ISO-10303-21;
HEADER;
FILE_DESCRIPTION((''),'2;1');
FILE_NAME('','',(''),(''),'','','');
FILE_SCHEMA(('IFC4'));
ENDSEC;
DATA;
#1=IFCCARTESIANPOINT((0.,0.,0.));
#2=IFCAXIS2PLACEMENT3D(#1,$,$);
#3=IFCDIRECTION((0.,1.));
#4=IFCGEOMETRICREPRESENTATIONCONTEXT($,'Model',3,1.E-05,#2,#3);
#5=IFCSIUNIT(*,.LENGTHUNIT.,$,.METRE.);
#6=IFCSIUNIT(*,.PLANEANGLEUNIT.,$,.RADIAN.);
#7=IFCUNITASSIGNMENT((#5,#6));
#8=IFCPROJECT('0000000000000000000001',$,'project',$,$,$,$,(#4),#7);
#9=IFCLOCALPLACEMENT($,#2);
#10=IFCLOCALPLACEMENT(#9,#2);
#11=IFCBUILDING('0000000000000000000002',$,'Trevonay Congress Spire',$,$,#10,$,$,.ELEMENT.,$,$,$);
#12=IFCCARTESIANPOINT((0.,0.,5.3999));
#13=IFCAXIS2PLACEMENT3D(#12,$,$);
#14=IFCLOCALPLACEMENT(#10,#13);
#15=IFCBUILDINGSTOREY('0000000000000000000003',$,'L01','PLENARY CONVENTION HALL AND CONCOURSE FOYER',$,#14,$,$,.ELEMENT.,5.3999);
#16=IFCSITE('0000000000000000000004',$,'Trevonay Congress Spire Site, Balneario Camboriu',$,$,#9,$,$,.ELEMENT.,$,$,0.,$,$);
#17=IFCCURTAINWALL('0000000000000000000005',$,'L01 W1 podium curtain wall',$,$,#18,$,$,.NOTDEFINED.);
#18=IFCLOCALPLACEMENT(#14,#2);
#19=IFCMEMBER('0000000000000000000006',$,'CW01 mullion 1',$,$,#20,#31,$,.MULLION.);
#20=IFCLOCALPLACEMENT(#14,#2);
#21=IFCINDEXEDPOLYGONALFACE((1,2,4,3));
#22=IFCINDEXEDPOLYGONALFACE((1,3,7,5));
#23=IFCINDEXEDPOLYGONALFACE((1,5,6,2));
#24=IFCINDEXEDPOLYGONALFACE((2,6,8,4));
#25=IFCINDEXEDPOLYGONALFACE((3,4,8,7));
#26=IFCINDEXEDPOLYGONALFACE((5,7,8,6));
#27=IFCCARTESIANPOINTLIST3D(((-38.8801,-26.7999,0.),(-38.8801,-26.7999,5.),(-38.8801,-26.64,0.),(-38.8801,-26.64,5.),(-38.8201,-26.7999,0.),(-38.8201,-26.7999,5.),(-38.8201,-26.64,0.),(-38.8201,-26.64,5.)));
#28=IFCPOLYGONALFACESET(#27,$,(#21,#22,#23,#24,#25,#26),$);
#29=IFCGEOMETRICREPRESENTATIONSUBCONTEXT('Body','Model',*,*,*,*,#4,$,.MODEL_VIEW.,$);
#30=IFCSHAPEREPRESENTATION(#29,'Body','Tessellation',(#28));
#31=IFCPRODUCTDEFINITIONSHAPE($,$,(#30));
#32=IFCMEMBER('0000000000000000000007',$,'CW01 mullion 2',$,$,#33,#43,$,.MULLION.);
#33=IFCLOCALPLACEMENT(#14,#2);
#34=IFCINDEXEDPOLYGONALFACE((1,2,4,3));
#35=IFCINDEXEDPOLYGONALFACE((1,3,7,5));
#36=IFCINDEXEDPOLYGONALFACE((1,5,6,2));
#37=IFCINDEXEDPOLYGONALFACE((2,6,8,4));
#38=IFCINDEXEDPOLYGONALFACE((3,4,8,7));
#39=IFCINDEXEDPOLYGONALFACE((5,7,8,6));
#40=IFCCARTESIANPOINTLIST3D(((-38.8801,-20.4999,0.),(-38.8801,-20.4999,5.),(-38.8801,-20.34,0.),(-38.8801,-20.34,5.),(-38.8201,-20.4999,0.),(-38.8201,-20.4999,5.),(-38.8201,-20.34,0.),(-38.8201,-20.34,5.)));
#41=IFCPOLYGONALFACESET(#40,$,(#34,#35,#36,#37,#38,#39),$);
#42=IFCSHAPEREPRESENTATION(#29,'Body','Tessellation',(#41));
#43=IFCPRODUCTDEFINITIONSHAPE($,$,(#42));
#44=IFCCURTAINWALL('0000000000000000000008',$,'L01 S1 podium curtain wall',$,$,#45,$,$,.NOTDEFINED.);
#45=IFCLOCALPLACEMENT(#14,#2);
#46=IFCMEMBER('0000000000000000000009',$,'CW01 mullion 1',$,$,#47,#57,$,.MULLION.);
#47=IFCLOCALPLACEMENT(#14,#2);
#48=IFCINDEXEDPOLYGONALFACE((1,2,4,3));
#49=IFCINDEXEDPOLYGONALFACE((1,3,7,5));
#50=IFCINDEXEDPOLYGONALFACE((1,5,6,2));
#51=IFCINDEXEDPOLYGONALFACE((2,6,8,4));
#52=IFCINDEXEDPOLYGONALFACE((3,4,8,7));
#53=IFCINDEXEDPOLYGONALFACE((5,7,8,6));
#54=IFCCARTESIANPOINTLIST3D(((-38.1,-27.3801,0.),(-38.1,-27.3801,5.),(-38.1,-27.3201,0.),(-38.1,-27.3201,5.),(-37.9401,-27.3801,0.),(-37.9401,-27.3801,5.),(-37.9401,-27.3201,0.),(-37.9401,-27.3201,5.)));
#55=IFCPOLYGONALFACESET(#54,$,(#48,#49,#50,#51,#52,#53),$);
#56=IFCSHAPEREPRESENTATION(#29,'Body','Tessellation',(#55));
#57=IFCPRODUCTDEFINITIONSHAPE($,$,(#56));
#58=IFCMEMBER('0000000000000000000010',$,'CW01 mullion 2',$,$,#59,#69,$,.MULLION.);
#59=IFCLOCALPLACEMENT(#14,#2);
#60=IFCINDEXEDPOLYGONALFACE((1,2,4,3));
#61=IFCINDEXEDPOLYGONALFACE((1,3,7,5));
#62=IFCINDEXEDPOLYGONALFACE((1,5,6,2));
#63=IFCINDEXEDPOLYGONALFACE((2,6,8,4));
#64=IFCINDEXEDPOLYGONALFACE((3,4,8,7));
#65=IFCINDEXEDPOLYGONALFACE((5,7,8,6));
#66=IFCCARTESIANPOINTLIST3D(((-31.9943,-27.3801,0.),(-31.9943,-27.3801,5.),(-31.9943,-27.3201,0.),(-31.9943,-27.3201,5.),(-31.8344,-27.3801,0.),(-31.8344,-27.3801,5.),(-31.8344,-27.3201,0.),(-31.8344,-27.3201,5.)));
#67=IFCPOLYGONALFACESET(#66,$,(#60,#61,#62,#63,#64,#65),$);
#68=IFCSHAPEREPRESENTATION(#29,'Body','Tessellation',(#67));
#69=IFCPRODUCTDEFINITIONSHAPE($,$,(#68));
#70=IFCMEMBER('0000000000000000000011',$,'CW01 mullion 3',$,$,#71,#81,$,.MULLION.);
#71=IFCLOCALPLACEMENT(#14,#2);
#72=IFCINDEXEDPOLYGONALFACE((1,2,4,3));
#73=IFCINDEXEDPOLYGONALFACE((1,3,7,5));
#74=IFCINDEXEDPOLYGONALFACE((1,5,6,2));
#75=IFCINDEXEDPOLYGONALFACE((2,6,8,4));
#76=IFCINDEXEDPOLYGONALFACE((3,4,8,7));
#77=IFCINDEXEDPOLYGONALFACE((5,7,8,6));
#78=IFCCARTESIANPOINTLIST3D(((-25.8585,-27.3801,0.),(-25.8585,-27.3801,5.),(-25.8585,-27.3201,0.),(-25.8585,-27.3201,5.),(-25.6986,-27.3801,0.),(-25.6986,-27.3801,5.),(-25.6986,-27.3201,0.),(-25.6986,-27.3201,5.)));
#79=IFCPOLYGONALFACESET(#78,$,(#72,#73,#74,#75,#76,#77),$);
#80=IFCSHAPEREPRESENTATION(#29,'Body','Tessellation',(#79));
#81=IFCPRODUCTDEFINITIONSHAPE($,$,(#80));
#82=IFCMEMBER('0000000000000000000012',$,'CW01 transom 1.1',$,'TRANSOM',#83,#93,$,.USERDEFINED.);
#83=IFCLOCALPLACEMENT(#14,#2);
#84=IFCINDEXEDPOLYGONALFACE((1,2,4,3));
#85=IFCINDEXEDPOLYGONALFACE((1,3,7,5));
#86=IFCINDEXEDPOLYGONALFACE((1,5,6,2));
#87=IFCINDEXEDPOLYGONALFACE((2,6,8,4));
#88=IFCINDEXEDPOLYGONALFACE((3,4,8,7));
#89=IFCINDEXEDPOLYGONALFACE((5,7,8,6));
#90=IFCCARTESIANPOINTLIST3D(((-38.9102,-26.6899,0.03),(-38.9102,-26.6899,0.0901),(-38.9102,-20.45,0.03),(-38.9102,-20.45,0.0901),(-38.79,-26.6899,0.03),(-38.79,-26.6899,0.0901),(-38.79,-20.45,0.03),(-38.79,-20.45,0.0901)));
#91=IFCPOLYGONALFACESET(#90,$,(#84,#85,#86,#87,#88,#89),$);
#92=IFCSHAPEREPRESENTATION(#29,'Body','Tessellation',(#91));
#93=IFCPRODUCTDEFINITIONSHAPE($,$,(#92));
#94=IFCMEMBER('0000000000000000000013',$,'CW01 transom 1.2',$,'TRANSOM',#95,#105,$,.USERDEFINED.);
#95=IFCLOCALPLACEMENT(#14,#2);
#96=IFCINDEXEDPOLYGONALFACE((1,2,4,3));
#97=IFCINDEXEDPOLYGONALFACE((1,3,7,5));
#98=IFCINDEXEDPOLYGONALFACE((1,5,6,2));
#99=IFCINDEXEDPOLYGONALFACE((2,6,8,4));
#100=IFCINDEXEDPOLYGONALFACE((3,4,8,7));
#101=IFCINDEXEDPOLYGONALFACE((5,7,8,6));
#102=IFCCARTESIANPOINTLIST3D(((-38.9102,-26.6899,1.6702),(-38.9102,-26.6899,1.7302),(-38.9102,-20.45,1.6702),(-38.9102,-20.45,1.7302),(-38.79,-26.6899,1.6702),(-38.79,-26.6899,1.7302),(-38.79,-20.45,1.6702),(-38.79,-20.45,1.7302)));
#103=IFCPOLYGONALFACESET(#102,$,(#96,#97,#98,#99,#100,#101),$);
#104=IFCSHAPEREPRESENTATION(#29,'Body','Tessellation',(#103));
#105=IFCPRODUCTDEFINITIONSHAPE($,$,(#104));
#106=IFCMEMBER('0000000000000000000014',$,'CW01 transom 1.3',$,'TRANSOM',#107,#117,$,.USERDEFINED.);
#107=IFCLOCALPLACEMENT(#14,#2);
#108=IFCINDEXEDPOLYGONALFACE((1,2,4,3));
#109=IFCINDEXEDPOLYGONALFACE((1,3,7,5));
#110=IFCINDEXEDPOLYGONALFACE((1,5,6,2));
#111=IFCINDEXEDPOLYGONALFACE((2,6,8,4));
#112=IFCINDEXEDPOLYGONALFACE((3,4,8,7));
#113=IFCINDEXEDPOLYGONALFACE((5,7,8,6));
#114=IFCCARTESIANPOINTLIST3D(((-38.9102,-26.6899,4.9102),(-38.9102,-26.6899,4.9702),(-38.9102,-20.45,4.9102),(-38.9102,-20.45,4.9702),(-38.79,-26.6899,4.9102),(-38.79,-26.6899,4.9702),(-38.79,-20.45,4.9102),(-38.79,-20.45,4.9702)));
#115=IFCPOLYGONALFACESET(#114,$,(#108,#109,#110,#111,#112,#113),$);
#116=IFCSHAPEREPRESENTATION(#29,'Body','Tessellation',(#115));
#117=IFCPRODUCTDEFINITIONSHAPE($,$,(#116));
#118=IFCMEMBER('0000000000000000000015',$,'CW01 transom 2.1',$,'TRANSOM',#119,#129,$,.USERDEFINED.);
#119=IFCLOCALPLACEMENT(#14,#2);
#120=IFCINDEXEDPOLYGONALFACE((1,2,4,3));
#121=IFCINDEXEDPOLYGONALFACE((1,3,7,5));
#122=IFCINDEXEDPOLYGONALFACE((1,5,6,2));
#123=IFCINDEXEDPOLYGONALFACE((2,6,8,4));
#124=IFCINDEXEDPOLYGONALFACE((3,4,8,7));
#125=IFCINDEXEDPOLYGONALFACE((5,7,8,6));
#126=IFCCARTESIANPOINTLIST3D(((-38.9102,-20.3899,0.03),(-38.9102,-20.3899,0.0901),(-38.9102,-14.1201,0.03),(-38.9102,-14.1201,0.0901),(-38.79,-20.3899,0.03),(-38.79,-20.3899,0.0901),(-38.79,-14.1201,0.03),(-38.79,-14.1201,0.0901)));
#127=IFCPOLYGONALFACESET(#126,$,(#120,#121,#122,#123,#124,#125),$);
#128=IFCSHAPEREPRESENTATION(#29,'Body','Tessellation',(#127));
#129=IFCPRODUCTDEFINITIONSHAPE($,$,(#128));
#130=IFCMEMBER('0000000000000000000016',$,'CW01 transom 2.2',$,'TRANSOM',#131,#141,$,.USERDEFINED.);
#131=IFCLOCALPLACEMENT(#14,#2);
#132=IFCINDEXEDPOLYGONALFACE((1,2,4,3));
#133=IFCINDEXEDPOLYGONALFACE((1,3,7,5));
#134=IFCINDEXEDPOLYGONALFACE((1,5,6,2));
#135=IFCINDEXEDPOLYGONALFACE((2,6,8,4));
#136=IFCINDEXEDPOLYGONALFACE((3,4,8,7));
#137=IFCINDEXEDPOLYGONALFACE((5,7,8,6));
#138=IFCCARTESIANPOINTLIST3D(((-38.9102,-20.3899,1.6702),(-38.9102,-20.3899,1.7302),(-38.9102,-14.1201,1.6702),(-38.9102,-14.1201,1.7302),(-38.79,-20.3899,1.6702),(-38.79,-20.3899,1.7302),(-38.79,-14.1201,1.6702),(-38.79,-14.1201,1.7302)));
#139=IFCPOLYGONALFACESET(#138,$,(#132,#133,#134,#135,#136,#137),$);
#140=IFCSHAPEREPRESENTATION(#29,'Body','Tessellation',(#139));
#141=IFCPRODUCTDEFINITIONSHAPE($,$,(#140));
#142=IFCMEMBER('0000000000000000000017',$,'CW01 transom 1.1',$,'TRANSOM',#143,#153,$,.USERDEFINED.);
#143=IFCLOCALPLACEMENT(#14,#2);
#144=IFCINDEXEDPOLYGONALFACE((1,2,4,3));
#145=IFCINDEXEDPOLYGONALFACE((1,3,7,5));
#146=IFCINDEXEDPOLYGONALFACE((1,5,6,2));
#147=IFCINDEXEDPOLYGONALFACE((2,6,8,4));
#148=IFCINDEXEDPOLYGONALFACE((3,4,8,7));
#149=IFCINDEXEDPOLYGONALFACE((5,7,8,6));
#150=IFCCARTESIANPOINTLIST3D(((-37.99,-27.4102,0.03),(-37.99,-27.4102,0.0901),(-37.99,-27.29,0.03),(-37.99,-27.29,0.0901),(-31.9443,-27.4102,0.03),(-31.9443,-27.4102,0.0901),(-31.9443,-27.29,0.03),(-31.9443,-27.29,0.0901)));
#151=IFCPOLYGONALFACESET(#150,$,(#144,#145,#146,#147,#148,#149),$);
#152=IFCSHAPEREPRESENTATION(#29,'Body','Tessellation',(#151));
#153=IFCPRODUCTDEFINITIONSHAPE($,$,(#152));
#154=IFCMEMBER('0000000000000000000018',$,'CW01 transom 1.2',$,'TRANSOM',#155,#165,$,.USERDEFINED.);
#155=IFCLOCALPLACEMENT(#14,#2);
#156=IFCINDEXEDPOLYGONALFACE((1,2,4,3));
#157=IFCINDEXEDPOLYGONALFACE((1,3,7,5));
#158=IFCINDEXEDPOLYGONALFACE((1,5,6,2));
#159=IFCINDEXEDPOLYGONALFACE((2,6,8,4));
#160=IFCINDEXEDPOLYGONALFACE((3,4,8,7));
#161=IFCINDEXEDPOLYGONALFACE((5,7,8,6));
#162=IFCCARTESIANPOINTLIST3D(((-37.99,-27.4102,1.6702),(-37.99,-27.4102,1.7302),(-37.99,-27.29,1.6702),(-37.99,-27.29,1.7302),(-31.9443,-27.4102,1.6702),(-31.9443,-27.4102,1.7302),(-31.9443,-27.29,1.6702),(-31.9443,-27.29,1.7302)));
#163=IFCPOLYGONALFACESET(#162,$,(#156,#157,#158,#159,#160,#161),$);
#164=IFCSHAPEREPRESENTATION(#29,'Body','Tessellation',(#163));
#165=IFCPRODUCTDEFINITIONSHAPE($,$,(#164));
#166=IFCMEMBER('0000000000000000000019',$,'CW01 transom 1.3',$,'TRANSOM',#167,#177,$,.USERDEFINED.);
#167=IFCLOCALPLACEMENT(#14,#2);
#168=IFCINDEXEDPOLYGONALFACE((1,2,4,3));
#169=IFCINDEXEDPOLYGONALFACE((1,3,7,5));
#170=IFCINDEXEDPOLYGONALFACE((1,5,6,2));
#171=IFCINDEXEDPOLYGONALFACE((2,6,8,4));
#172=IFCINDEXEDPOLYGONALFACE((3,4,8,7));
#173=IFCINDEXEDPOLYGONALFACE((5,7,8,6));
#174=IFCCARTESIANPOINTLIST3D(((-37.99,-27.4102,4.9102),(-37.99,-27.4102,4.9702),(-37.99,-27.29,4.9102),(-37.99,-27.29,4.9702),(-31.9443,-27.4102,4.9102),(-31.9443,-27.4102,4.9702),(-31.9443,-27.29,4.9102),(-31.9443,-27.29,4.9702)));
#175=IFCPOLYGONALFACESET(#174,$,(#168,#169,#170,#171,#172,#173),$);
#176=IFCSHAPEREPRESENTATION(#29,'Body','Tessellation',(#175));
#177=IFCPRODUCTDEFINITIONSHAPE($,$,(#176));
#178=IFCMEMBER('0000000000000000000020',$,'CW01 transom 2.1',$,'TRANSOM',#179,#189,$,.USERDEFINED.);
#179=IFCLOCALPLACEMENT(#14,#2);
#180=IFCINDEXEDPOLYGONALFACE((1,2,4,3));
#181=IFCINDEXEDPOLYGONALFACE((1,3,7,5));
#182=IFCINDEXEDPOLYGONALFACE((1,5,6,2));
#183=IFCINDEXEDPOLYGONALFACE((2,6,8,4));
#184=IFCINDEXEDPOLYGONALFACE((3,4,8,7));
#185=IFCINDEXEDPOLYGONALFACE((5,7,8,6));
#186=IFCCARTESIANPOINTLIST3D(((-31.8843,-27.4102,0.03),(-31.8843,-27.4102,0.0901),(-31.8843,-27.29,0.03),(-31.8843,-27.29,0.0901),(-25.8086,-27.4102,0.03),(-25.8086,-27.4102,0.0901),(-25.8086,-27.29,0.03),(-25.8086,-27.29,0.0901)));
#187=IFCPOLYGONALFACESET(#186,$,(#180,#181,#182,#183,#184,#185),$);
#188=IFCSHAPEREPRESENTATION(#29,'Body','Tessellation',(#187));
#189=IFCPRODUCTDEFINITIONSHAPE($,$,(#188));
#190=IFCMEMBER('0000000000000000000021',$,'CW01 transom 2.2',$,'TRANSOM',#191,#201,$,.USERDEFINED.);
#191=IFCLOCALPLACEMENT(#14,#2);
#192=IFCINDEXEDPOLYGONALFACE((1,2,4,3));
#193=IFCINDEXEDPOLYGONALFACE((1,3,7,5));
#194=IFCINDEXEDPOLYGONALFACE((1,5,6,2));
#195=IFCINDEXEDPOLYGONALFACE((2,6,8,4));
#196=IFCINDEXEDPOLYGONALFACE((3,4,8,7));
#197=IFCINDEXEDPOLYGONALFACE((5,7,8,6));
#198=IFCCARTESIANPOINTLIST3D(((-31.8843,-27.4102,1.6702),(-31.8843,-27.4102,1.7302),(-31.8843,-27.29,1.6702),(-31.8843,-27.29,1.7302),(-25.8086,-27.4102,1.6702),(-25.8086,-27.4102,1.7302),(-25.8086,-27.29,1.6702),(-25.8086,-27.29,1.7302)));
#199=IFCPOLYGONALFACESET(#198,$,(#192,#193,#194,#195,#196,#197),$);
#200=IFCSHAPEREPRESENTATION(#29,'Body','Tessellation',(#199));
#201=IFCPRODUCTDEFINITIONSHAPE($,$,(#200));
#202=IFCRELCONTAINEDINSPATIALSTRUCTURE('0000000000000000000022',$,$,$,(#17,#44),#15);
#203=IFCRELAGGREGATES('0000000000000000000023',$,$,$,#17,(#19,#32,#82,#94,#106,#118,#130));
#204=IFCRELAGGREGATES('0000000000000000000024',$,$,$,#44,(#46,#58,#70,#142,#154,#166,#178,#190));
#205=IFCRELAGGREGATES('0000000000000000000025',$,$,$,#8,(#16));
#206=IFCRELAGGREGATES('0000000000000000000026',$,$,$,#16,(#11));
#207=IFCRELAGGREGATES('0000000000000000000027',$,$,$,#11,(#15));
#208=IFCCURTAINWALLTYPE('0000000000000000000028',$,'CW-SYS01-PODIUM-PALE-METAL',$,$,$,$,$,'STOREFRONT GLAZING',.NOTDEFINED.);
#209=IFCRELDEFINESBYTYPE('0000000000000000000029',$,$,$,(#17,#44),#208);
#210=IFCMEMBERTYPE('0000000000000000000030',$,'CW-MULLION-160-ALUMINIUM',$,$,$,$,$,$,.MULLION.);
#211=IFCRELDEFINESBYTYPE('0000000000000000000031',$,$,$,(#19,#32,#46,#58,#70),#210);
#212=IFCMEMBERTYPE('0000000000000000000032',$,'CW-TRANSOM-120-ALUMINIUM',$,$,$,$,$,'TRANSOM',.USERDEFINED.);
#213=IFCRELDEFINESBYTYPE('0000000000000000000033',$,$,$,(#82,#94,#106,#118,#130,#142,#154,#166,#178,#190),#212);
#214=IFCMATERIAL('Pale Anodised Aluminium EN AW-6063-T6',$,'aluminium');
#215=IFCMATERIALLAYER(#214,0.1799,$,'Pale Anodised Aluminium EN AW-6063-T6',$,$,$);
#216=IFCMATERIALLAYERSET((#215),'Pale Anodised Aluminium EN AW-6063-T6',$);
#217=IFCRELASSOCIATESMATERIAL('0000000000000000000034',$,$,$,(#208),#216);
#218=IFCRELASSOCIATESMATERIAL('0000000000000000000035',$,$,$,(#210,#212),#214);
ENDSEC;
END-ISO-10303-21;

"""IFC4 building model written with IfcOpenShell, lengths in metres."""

from ifc_helpers import new_model, si_unit, direction, frame, origin, origin_2d, place, context, subcontext, project, spatial, rectangle, extrude, material, layer, layer_set, material_profile, profile_set, type_object, element, aggregate, save


model = new_model("IFC4")

# Units and contexts
model_context = context("Model", 3, precision=1e-05, world=origin(), true_north=direction((0.0, 1.0)))
body_context = subcontext(model_context, "Body", "Model", "MODEL_VIEW")
ifc_project = project(units=[si_unit("LENGTHUNIT", "METRE"), si_unit("PLANEANGLEUNIT", "RADIAN")], contexts=[model_context])

# Site, building, storey
site_placement = place(None, origin())
site = spatial("IfcSite", under=ifc_project, at=site_placement, Name="Trevonay Congress Spire Site, Balneario Camboriu", CompositionType="ELEMENT", RefElevation=0.0)
building_placement = place(site_placement, origin())
building = spatial("IfcBuilding", under=site, at=building_placement, Name="Trevonay Congress Spire", CompositionType="ELEMENT")
storey_placement = place(building_placement, frame((0.0, 0.0, 5.3999)))
storey = spatial("IfcBuildingStorey", under=building, at=storey_placement, Name="L01", Description="PLENARY CONVENTION HALL AND CONCOURSE FOYER", CompositionType="ELEMENT", Elevation=5.3999)

# Curtain walls, members
ifc_material_1 = material(Name="Pale Anodised Aluminium EN AW-6063-T6", Category="aluminium")
ifc_layer_1 = layer(ifc_material_1, 0.1799, Name="Pale Anodised Aluminium EN AW-6063-T6")
ifc_layer_set_1 = layer_set([ifc_layer_1], Name="Pale Anodised Aluminium EN AW-6063-T6")
curtain_wall_type = type_object("IfcCurtainWallType", Name="CW-SYS01-PODIUM-PALE-METAL", ElementType="STOREFRONT GLAZING", PredefinedType="NOTDEFINED", material=ifc_layer_set_1)
curtain_wall_1_placement = place(storey_placement, origin())
curtain_wall_1 = element("IfcCurtainWall", 1, at=curtain_wall_1_placement, inside=storey, type_object=curtain_wall_type, Name="L01 W1 podium curtain wall", PredefinedType="NOTDEFINED")
ifc_material_profile_1 = material_profile(ifc_material_1, rectangle(XDim=0.0601, YDim=0.1599, at=origin_2d()), Name="CW-MULLION-160-ALUMINIUM")
ifc_profile_set_1 = profile_set([ifc_material_profile_1], Name="Pale Anodised Aluminium EN AW-6063-T6")
member_type_1 = type_object("IfcMemberType", Name="CW-MULLION-160-ALUMINIUM", PredefinedType="MULLION", material=ifc_profile_set_1)
member_1_placement = place(storey_placement, frame((-38.8501, -26.72, 0.0), z_axis=(0.0, 0.0, 1.0), x_axis=(-1.0, 0.0, 0.0)))
member_1 = element("IfcMember", 2, at=member_1_placement, type_object=member_type_1, Name="CW01 mullion 1", PredefinedType="MULLION", context=body_context, shape_type="SweptSolid", body=[
    extrude(rectangle(XDim=0.0601, YDim=0.1599, at=origin_2d()), origin(), (0.0, 0.0, 1.0), 5.0),
])
member_2_placement = place(storey_placement, frame((-38.8501, -20.4199, 0.0), z_axis=(0.0, 0.0, 1.0), x_axis=(-1.0, 0.0, 0.0)))
member_2 = element("IfcMember", 3, at=member_2_placement, type_object=member_type_1, Name="CW01 mullion 2", PredefinedType="MULLION", context=body_context, shape_type="SweptSolid", body=[
    extrude(rectangle(XDim=0.0601, YDim=0.1599, at=origin_2d()), origin(), (0.0, 0.0, 1.0), 5.0),
])
curtain_wall_2_placement = place(storey_placement, origin())
curtain_wall_2 = element("IfcCurtainWall", 4, at=curtain_wall_2_placement, inside=storey, type_object=curtain_wall_type, Name="L01 S1 podium curtain wall", PredefinedType="NOTDEFINED")
member_3_placement = place(storey_placement, frame((-38.02, -27.3501, 0.0), z_axis=(0.0, 0.0, 1.0), x_axis=(0.0, 1.0, 0.0)))
member_3 = element("IfcMember", 5, at=member_3_placement, type_object=member_type_1, Name="CW01 mullion 1", PredefinedType="MULLION", context=body_context, shape_type="SweptSolid", body=[
    extrude(rectangle(XDim=0.0601, YDim=0.1599, at=origin_2d()), origin(), (0.0, 0.0, 1.0), 5.0),
])
member_4_placement = place(storey_placement, frame((-31.9143, -27.3501, 0.0), z_axis=(0.0, 0.0, 1.0), x_axis=(0.0, 1.0, 0.0)))
member_4 = element("IfcMember", 6, at=member_4_placement, type_object=member_type_1, Name="CW01 mullion 2", PredefinedType="MULLION", context=body_context, shape_type="SweptSolid", body=[
    extrude(rectangle(XDim=0.0601, YDim=0.1599, at=origin_2d()), origin(), (0.0, 0.0, 1.0), 5.0),
])
member_5_placement = place(storey_placement, frame((-25.7786, -27.3501, 0.0), z_axis=(0.0, 0.0, 1.0), x_axis=(0.0, 1.0, 0.0)))
member_5 = element("IfcMember", 7, at=member_5_placement, type_object=member_type_1, Name="CW01 mullion 3", PredefinedType="MULLION", context=body_context, shape_type="SweptSolid", body=[
    extrude(rectangle(XDim=0.0601, YDim=0.1599, at=origin_2d()), origin(), (0.0, 0.0, 1.0), 5.0),
])

# Members
ifc_material_profile_2 = material_profile(ifc_material_1, rectangle(XDim=0.1201, YDim=0.0601, at=origin_2d()), Name="CW-TRANSOM-120-ALUMINIUM")
ifc_profile_set_2 = profile_set([ifc_material_profile_2], Name="Pale Anodised Aluminium EN AW-6063-T6")
member_type_2 = type_object("IfcMemberType", Name="CW-TRANSOM-120-ALUMINIUM", ElementType="TRANSOM", PredefinedType="USERDEFINED", material=ifc_profile_set_2)
member_6_placement = place(storey_placement, frame((-38.8501, -26.6899, 0.0601), z_axis=(0.0, 1.0, 0.0), x_axis=(-1.0, 0.0, 0.0)))
member_6 = element("IfcMember", 8, at=member_6_placement, type_object=member_type_2, Name="CW01 transom 1.1", ObjectType="TRANSOM", PredefinedType="USERDEFINED", context=body_context, shape_type="SweptSolid", body=[
    extrude(rectangle(XDim=0.1201, YDim=0.0601, at=origin_2d()), origin(), (0.0, 0.0, 1.0), 6.24),
])
member_7_placement = place(storey_placement, frame((-38.8501, -26.6899, 1.7002), z_axis=(0.0, 1.0, 0.0), x_axis=(-1.0, 0.0, 0.0)))
member_7 = element("IfcMember", 9, at=member_7_placement, type_object=member_type_2, Name="CW01 transom 1.2", ObjectType="TRANSOM", PredefinedType="USERDEFINED", context=body_context, shape_type="SweptSolid", body=[
    extrude(rectangle(XDim=0.1201, YDim=0.0601, at=origin_2d()), origin(), (0.0, 0.0, 1.0), 6.24),
])
member_8_placement = place(storey_placement, frame((-38.8501, -26.6899, 4.9402), z_axis=(0.0, 1.0, 0.0), x_axis=(-1.0, 0.0, 0.0)))
member_8 = element("IfcMember", 10, at=member_8_placement, type_object=member_type_2, Name="CW01 transom 1.3", ObjectType="TRANSOM", PredefinedType="USERDEFINED", context=body_context, shape_type="SweptSolid", body=[
    extrude(rectangle(XDim=0.1201, YDim=0.0601, at=origin_2d()), origin(), (0.0, 0.0, 1.0), 6.24),
])
member_9_placement = place(storey_placement, frame((-38.8501, -20.3899, 0.0601), z_axis=(0.0, 1.0, 0.0), x_axis=(-1.0, 0.0, 0.0)))
member_9 = element("IfcMember", 11, at=member_9_placement, type_object=member_type_2, Name="CW01 transom 2.1", ObjectType="TRANSOM", PredefinedType="USERDEFINED", context=body_context, shape_type="SweptSolid", body=[
    extrude(rectangle(XDim=0.1201, YDim=0.0601, at=origin_2d()), origin(), (0.0, 0.0, 1.0), 6.2698),
])
member_10_placement = place(storey_placement, frame((-38.8501, -20.3899, 1.7002), z_axis=(0.0, 1.0, 0.0), x_axis=(-1.0, 0.0, 0.0)))
member_10 = element("IfcMember", 12, at=member_10_placement, type_object=member_type_2, Name="CW01 transom 2.2", ObjectType="TRANSOM", PredefinedType="USERDEFINED", context=body_context, shape_type="SweptSolid", body=[
    extrude(rectangle(XDim=0.1201, YDim=0.0601, at=origin_2d()), origin(), (0.0, 0.0, 1.0), 6.2698),
])
member_11_placement = place(storey_placement, frame((-37.99, -27.3501, 0.0601), z_axis=(1.0, 0.0, 0.0), x_axis=(0.0, 1.0, 0.0)))
member_11 = element("IfcMember", 13, at=member_11_placement, type_object=member_type_2, Name="CW01 transom 1.1", ObjectType="TRANSOM", PredefinedType="USERDEFINED", context=body_context, shape_type="SweptSolid", body=[
    extrude(rectangle(XDim=0.1201, YDim=0.0601, at=origin_2d()), origin(), (0.0, 0.0, 1.0), 6.0457),
])
member_12_placement = place(storey_placement, frame((-37.99, -27.3501, 1.7002), z_axis=(1.0, 0.0, 0.0), x_axis=(0.0, 1.0, 0.0)))
member_12 = element("IfcMember", 14, at=member_12_placement, type_object=member_type_2, Name="CW01 transom 1.2", ObjectType="TRANSOM", PredefinedType="USERDEFINED", context=body_context, shape_type="SweptSolid", body=[
    extrude(rectangle(XDim=0.1201, YDim=0.0601, at=origin_2d()), origin(), (0.0, 0.0, 1.0), 6.0457),
])
member_13_placement = place(storey_placement, frame((-37.99, -27.3501, 4.9402), z_axis=(1.0, 0.0, 0.0), x_axis=(0.0, 1.0, 0.0)))
member_13 = element("IfcMember", 15, at=member_13_placement, type_object=member_type_2, Name="CW01 transom 1.3", ObjectType="TRANSOM", PredefinedType="USERDEFINED", context=body_context, shape_type="SweptSolid", body=[
    extrude(rectangle(XDim=0.1201, YDim=0.0601, at=origin_2d()), origin(), (0.0, 0.0, 1.0), 6.0457),
])
member_14_placement = place(storey_placement, frame((-31.8843, -27.3501, 0.0601), z_axis=(1.0, 0.0, 0.0), x_axis=(0.0, 1.0, 0.0)))
member_14 = element("IfcMember", 16, at=member_14_placement, type_object=member_type_2, Name="CW01 transom 2.1", ObjectType="TRANSOM", PredefinedType="USERDEFINED", context=body_context, shape_type="SweptSolid", body=[
    extrude(rectangle(XDim=0.1201, YDim=0.0601, at=origin_2d()), origin(), (0.0, 0.0, 1.0), 6.0757),
])
member_15_placement = place(storey_placement, frame((-31.8843, -27.3501, 1.7002), z_axis=(1.0, 0.0, 0.0), x_axis=(0.0, 1.0, 0.0)))
member_15 = element("IfcMember", 17, at=member_15_placement, type_object=member_type_2, Name="CW01 transom 2.2", ObjectType="TRANSOM", PredefinedType="USERDEFINED", context=body_context, shape_type="SweptSolid", body=[
    extrude(rectangle(XDim=0.1201, YDim=0.0601, at=origin_2d()), origin(), (0.0, 0.0, 1.0), 6.0757),
])

aggregate(curtain_wall_1, [member_1, member_2, member_6, member_7, member_8, member_9, member_10])
aggregate(curtain_wall_2, [member_3, member_4, member_5, member_11, member_12, member_13, member_14, member_15])

save(model, "model.ifc")
